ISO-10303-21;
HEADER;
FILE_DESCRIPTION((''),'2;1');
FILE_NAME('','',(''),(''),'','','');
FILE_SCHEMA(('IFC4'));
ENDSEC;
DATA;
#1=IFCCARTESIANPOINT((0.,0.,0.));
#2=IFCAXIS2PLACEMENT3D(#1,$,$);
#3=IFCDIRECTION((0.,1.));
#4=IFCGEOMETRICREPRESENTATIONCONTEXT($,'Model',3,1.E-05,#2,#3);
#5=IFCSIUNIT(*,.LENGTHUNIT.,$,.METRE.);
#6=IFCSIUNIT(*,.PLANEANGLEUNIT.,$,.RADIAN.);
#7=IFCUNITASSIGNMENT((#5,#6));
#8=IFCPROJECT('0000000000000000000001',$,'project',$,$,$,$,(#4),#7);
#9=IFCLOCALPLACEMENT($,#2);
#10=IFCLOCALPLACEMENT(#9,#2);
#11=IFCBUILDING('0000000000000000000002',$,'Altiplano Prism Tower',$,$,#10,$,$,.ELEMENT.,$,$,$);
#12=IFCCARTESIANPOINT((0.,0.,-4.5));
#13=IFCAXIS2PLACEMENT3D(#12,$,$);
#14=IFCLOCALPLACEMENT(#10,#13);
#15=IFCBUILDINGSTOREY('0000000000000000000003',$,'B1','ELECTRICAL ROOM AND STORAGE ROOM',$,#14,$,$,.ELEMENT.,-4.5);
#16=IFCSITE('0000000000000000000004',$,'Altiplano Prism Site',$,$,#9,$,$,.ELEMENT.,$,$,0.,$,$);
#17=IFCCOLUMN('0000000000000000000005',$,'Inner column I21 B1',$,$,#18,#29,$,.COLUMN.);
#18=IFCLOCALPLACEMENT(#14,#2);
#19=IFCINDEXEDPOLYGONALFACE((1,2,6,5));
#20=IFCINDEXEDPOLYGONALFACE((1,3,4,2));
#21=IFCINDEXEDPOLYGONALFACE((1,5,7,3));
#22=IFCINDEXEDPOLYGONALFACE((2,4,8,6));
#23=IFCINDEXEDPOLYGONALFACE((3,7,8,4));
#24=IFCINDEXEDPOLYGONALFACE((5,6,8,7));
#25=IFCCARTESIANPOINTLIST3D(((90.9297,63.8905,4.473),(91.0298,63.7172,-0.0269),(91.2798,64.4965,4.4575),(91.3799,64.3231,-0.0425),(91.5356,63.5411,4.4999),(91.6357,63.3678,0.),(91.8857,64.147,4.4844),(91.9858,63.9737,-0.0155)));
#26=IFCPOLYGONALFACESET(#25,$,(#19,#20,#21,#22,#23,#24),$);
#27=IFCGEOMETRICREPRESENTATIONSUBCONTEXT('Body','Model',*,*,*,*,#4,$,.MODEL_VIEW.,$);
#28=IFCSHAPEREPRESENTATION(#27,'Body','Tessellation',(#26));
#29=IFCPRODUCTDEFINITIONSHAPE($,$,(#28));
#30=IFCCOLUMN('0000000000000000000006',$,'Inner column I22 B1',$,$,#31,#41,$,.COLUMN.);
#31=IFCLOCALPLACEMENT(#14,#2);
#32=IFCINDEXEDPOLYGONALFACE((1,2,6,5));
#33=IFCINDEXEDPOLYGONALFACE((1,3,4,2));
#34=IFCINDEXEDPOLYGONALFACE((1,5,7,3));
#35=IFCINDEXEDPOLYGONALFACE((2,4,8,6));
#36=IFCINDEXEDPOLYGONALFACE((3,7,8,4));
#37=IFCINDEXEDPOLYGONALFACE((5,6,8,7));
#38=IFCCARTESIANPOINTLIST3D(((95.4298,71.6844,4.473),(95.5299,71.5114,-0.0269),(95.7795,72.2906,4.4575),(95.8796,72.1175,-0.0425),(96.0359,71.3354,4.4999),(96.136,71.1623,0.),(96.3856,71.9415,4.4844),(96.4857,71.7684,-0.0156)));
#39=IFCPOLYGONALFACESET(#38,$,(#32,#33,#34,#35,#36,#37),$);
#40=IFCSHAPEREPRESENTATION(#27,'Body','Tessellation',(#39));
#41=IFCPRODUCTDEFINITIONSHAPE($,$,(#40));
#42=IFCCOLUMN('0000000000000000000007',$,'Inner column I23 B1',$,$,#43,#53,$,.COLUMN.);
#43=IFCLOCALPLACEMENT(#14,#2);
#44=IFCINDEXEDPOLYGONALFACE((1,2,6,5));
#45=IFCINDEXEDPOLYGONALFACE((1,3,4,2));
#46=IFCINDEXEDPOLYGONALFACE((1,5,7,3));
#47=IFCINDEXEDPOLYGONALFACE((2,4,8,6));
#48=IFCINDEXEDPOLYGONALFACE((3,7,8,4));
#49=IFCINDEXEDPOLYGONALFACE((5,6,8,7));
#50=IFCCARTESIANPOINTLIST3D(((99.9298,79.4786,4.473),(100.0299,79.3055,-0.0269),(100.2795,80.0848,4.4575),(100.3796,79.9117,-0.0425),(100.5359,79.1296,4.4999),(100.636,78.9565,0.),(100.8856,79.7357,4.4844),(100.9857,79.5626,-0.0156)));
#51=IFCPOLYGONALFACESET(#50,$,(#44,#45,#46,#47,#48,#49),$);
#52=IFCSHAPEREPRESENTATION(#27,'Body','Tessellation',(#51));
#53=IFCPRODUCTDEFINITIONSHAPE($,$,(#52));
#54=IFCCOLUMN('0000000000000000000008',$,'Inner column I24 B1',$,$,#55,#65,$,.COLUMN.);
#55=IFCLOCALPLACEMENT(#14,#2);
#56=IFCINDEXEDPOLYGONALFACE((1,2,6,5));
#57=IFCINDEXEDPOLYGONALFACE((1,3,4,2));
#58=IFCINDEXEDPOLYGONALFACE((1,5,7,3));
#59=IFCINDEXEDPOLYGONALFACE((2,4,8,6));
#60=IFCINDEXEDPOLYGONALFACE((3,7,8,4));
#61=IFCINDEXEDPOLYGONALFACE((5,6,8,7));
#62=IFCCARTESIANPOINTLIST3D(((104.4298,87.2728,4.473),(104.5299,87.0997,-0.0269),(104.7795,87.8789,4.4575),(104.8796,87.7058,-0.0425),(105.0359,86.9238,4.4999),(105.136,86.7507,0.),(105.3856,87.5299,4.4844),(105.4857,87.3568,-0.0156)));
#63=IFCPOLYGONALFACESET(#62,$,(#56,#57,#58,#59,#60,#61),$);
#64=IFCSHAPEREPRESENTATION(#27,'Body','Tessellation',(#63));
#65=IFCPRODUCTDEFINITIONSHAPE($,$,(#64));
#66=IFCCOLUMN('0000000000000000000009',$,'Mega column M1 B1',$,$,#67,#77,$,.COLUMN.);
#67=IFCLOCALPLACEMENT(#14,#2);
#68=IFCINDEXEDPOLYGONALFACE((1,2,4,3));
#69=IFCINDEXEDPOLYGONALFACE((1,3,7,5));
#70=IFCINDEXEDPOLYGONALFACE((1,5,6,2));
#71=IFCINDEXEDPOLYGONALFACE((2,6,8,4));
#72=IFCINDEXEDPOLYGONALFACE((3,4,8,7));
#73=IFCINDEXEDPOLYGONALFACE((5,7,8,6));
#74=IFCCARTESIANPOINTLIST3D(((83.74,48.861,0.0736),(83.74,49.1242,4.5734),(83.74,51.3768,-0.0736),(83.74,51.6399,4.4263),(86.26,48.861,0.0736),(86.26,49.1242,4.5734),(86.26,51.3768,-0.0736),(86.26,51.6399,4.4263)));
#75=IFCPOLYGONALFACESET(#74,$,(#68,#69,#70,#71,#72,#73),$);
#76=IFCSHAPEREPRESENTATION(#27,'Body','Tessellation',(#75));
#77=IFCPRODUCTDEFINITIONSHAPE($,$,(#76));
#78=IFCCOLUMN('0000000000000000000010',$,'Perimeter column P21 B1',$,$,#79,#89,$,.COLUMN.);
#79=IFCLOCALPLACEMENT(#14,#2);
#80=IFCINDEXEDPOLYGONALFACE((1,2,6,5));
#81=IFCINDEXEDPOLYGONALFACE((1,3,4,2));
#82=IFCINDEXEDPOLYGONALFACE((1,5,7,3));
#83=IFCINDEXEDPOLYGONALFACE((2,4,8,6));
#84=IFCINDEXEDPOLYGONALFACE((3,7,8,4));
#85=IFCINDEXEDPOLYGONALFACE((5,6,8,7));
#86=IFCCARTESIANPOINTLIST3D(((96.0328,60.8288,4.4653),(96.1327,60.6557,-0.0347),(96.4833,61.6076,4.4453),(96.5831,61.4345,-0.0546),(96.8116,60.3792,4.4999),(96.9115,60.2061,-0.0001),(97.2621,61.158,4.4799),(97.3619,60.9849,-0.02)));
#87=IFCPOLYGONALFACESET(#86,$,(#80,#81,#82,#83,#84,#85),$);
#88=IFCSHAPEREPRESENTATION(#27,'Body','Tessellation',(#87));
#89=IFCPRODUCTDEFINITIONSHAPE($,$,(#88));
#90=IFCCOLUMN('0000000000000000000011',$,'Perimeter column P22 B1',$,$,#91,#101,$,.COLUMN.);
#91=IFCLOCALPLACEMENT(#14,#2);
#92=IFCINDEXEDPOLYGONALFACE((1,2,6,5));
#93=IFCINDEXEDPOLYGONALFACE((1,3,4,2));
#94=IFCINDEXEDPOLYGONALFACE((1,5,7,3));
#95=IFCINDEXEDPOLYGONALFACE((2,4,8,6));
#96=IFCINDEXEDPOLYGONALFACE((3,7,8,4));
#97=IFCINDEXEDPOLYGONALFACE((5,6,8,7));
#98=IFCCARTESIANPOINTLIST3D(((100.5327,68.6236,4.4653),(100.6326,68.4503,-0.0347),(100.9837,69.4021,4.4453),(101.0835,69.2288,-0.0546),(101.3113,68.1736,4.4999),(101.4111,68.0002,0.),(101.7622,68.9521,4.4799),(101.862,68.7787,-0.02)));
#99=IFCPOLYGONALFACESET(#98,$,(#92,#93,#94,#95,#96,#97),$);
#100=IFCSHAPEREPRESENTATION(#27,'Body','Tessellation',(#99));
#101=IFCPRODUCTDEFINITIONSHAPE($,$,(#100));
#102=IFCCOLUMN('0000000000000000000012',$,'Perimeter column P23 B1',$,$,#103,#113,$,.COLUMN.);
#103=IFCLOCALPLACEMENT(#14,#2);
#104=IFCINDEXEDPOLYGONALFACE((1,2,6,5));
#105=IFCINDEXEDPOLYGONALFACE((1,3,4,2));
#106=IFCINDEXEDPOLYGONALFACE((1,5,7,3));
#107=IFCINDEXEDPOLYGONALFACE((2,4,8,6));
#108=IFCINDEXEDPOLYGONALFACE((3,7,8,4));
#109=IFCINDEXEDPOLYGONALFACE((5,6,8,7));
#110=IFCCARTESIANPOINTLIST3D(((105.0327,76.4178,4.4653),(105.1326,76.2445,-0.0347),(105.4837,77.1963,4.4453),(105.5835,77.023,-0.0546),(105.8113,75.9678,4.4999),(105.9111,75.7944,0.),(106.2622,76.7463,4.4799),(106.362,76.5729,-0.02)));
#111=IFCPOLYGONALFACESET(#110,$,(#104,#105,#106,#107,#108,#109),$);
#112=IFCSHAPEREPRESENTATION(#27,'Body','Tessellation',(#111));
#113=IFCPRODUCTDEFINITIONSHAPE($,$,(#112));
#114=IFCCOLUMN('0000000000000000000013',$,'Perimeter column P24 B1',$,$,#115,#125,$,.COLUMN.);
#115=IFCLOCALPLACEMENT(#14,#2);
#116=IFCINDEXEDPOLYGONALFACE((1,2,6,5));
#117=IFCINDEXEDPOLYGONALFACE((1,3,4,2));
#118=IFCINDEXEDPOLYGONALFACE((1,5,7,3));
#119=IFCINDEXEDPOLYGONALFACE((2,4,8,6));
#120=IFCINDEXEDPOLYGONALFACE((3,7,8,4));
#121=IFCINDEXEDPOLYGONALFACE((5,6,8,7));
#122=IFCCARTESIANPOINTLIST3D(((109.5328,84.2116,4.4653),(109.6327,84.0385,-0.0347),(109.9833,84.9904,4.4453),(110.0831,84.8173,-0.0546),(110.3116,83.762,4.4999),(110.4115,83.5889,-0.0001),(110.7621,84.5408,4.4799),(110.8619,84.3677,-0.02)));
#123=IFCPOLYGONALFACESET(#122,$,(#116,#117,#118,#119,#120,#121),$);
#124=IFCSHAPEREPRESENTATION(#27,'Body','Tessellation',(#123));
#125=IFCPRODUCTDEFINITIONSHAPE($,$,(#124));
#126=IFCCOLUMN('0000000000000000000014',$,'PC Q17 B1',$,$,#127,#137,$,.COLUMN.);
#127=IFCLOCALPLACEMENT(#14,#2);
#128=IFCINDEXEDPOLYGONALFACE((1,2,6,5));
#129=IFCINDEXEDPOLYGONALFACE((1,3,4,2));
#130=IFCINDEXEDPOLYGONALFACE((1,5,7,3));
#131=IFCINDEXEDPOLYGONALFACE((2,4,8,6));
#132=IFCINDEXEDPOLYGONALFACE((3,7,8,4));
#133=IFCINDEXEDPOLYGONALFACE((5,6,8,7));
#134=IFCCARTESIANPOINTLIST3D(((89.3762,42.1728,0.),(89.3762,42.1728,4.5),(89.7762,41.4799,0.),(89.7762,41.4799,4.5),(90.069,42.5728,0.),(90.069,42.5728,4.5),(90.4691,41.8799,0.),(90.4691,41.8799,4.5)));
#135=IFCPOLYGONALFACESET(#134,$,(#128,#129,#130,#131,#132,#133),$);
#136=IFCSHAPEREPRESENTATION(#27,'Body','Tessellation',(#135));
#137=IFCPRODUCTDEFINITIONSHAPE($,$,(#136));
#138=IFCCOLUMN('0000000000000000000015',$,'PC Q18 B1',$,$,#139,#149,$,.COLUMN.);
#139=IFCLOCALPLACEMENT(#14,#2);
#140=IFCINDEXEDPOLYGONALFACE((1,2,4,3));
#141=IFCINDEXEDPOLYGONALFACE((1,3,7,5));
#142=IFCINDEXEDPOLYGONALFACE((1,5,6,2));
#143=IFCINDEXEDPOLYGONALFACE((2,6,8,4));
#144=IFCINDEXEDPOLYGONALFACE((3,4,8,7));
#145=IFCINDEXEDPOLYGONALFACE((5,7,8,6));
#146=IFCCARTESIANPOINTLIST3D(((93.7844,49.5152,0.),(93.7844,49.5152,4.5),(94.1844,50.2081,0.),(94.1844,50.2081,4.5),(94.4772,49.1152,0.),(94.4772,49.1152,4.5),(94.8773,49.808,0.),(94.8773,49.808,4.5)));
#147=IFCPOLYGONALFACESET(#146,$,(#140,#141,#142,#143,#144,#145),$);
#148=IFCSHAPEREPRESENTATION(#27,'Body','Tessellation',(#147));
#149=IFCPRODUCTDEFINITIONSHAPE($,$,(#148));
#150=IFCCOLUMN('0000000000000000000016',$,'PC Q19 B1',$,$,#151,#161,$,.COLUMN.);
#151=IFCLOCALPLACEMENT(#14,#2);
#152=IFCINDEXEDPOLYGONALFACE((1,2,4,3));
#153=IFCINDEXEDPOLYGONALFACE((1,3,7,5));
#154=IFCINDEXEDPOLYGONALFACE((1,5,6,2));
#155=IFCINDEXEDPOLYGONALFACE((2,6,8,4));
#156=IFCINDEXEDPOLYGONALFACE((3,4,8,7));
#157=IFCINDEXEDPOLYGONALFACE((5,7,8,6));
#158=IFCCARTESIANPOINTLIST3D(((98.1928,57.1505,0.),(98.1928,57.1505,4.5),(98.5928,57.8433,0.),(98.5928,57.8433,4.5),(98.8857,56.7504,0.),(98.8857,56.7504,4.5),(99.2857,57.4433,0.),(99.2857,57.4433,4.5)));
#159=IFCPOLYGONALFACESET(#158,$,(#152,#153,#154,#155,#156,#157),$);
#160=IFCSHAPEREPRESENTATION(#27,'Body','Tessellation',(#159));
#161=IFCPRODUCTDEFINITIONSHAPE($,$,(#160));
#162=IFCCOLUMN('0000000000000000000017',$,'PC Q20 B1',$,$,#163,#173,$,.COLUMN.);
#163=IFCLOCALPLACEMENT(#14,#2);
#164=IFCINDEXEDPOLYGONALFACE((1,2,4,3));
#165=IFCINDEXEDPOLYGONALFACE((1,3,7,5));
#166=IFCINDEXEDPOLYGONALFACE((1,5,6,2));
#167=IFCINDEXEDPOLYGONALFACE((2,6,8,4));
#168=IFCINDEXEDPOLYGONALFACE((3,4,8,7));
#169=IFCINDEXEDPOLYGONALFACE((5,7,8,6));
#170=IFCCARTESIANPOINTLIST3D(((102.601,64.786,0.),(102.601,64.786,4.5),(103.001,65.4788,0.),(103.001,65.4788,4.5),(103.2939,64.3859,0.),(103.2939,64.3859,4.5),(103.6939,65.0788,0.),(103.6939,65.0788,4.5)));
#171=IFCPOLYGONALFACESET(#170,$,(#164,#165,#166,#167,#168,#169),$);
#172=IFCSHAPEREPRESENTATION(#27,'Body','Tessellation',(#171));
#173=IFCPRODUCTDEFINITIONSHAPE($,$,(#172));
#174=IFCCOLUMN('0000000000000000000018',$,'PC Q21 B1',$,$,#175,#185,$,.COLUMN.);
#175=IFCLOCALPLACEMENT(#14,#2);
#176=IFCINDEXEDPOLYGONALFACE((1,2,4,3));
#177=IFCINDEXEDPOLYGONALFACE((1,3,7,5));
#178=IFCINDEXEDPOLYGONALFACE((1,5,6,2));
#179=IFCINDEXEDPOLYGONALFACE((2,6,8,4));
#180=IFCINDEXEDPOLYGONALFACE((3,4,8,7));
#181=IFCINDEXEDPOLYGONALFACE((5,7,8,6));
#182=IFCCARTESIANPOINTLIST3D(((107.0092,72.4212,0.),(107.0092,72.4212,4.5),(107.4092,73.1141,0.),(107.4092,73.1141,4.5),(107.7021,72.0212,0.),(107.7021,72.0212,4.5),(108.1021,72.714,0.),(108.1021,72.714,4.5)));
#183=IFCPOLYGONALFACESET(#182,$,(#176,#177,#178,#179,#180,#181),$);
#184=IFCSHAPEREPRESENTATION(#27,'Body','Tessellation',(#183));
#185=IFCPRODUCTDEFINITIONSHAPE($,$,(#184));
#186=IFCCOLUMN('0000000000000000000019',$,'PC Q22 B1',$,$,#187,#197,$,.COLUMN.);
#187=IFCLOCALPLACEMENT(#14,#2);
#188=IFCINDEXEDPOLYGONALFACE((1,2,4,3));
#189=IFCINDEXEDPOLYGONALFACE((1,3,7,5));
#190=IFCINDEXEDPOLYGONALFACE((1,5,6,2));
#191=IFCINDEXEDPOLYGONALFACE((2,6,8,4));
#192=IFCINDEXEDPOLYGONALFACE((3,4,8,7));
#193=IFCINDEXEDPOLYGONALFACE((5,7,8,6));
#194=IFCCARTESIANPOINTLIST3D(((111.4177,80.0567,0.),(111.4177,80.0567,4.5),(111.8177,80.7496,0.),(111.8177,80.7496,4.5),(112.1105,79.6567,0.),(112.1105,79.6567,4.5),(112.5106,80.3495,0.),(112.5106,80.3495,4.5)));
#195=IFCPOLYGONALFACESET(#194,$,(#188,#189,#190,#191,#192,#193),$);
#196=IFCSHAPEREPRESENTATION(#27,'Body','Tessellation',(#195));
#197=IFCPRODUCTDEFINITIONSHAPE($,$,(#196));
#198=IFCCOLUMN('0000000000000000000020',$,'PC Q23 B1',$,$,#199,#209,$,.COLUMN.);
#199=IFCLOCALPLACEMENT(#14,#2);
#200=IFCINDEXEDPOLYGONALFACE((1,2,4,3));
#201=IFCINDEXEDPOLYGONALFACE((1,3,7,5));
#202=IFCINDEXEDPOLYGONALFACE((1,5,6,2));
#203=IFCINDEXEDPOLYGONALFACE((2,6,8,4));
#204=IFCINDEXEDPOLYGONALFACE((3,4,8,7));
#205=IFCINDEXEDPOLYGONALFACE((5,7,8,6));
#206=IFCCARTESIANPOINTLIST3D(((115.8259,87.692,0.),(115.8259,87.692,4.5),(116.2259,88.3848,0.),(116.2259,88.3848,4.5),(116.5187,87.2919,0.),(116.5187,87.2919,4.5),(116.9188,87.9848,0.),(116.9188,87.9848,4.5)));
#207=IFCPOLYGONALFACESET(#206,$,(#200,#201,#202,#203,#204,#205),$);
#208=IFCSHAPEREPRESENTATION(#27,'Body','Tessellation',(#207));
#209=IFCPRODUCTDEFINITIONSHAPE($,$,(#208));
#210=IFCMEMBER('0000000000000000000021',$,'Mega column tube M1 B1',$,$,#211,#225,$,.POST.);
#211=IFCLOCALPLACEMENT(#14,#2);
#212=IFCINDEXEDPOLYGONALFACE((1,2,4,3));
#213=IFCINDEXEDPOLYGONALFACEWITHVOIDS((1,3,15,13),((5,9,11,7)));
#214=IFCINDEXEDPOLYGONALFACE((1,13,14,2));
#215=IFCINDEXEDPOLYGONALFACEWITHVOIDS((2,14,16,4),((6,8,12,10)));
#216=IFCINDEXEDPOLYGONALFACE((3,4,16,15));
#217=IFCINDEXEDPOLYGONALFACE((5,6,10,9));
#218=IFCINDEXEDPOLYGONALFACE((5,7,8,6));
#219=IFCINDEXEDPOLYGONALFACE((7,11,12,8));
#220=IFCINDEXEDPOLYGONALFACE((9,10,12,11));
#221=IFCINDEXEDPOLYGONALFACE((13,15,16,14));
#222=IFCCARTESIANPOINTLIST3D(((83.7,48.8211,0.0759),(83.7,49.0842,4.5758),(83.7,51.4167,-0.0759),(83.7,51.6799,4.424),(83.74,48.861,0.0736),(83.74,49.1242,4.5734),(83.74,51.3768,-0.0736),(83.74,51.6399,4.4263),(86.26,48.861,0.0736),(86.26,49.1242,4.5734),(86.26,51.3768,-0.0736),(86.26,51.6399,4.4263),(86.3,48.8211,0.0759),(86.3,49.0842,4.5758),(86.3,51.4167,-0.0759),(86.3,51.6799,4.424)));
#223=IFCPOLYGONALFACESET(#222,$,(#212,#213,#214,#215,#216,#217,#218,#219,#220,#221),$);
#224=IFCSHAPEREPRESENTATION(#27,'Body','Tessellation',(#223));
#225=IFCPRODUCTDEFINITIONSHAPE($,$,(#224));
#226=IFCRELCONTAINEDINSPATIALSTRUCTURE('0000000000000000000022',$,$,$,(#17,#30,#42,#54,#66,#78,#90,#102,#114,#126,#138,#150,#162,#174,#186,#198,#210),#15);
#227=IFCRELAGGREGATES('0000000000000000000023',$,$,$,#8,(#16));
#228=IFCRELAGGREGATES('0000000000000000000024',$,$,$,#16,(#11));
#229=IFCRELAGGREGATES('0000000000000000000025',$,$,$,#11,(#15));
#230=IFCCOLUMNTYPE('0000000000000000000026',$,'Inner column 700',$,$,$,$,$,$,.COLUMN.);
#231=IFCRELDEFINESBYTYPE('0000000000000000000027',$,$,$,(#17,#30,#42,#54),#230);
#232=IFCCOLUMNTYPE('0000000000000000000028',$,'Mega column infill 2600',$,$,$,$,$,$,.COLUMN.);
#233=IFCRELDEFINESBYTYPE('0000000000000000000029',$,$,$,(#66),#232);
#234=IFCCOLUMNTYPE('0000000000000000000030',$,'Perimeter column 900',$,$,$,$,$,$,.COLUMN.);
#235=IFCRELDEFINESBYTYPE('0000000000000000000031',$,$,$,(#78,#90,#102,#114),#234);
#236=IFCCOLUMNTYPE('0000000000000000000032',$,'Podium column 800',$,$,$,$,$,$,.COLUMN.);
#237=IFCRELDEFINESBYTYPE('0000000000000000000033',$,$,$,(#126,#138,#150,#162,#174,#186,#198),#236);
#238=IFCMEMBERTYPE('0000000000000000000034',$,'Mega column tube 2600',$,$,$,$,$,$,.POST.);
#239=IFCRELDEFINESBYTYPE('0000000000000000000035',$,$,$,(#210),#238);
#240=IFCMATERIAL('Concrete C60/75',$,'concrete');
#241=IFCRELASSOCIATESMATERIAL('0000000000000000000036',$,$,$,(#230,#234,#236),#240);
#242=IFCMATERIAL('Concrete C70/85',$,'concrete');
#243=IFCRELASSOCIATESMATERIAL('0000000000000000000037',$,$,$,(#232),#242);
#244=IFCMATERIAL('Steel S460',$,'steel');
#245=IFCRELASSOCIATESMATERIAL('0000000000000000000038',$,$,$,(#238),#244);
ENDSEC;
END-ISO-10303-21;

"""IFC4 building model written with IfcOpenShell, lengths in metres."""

from ifc_helpers import new_model, si_unit, direction, frame, origin, origin_2d, place, context, subcontext, project, spatial, rectangle, hollow_rectangle, extrude, material, material_profile, profile_set, type_object, element, save


model = new_model("IFC4")

# Units and contexts
model_context = context("Model", 3, precision=1e-05, world=origin(), true_north=direction((0.0, 1.0)))
body_context = subcontext(model_context, "Body", "Model", "MODEL_VIEW")
ifc_project = project(units=[si_unit("LENGTHUNIT", "METRE"), si_unit("PLANEANGLEUNIT", "RADIAN")], contexts=[model_context])

# Site, building, storey
site_placement = place(None, origin())
site = spatial("IfcSite", under=ifc_project, at=site_placement, Name="Altiplano Prism Site", CompositionType="ELEMENT", RefElevation=0.0)
building_placement = place(site_placement, origin())
building = spatial("IfcBuilding", under=site, at=building_placement, Name="Altiplano Prism Tower", CompositionType="ELEMENT")
storey_placement = place(building_placement, frame((0.0, 0.0, -4.5)))
storey = spatial("IfcBuildingStorey", under=building, at=storey_placement, Name="B1", Description="ELECTRICAL ROOM AND STORAGE ROOM", CompositionType="ELEMENT", Elevation=-4.5)

# Columns
ifc_material_1 = material(Name="Concrete C60/75", Category="concrete")
ifc_material_profile_1 = material_profile(ifc_material_1, rectangle(XDim=0.7, YDim=0.7, at=origin_2d()), Name="Inner column 700")
ifc_profile_set_1 = profile_set([ifc_material_profile_1], Name="Concrete C60/75")
column_type_1 = type_object("IfcColumnType", Name="Inner column 700", PredefinedType="COLUMN", material=ifc_profile_set_1)
for number, where, z_axis, x_axis, name in (
    (1, (91.5078, 63.8455, -0.0212), (-0.022222, 0.038482, 0.999012), (-0.500172, -0.865641, 0.022219), "Inner column I21 B1"),
    (2, (96.0078, 71.6399, -0.0212), (-0.022222, 0.038428, 0.999014), (-0.499645, -0.865946, 0.022195), "Inner column I22 B1"),
    (3, (100.5078, 79.4341, -0.0212), (-0.022222, 0.038428, 0.999014), (-0.499643, -0.865947, 0.022195), "Inner column I23 B1"),
    (4, (105.0078, 87.2283, -0.0212), (-0.022222, 0.038428, 0.999014), (-0.499645, -0.865946, 0.022195), "Inner column I24 B1"),
):
    element("IfcColumn", number, at=place(storey_placement, frame(where, z_axis=z_axis, x_axis=x_axis)), inside=storey, type_object=column_type_1, Name=name, PredefinedType="COLUMN", context=body_context, shape_type="SweptSolid", body=[
        extrude(rectangle(XDim=0.7, YDim=0.7, at=origin_2d()), origin(), (0.0, 0.0, 1.0), 4.5044),
    ])
ifc_material_2 = material(Name="Concrete C70/85", Category="concrete")
ifc_material_profile_2 = material_profile(ifc_material_2, rectangle(XDim=2.52, YDim=2.52, at=origin_2d()), Name="Mega column infill 2600")
ifc_profile_set_2 = profile_set([ifc_material_profile_2], Name="Concrete C70/85")
column_type_2 = type_object("IfcColumnType", Name="Mega column infill 2600", PredefinedType="COLUMN", material=ifc_profile_set_2)
column_placement = place(storey_placement, frame((85.0, 50.1189, 0.0), z_axis=(0.0, 0.058385, 0.998294), x_axis=(-1.0, 0.0, 0.0)))
element("IfcColumn", 5, at=column_placement, inside=storey, type_object=column_type_2, Name="Mega column M1 B1", PredefinedType="COLUMN", context=body_context, shape_type="SweptSolid", body=[
    extrude(rectangle(XDim=2.52, YDim=2.52, at=origin_2d()), origin(), (0.0, 0.0, 1.0), 4.5076),
])
ifc_material_profile_3 = material_profile(ifc_material_1, rectangle(XDim=0.8999, YDim=0.8999, at=origin_2d()), Name="Perimeter column 900")
ifc_profile_set_3 = profile_set([ifc_material_profile_3], Name="Concrete C60/75")
column_type_3 = type_object("IfcColumnType", Name="Perimeter column 900", PredefinedType="COLUMN", material=ifc_profile_set_3)
for number, where, z_axis, x_axis, name in (
    (6, (96.7473, 60.8203, -0.0273), (-0.022168, 0.038428, 0.999015), (-0.500558, -0.865419, 0.022182), "Perimeter column P21 B1"),
    (7, (101.2473, 68.6145, -0.0273), (-0.022168, 0.038482, 0.999013), (-0.501088, -0.865111, 0.022205), "Perimeter column P22 B1"),
    (8, (105.7473, 76.4087, -0.0273), (-0.022168, 0.038482, 0.999013), (-0.501086, -0.865113, 0.022205), "Perimeter column P23 B1"),
    (9, (110.2473, 84.2031, -0.0273), (-0.022168, 0.038428, 0.999015), (-0.50056, -0.865418, 0.022182), "Perimeter column P24 B1"),
):
    element("IfcColumn", number, at=place(storey_placement, frame(where, z_axis=z_axis, x_axis=x_axis)), inside=storey, type_object=column_type_3, Name=name, PredefinedType="COLUMN", context=body_context, shape_type="SweptSolid", body=[
        extrude(rectangle(XDim=0.8999, YDim=0.8999, at=origin_2d()), origin(), (0.0, 0.0, 1.0), 4.5044),
    ])
ifc_material_profile_4 = material_profile(ifc_material_1, rectangle(XDim=0.8, YDim=0.8, at=origin_2d()), Name="Podium column 800")
ifc_profile_set_4 = profile_set([ifc_material_profile_4], Name="Concrete C60/75")
column_type_4 = type_object("IfcColumnType", Name="Podium column 800", PredefinedType="COLUMN", material=ifc_profile_set_4)
for number, where, z_axis, x_axis, name in (
    (10, (89.9226, 42.0264, 0.0), (0.0, 0.0, 1.0), (0.866025, 0.5, 0.0), "PC Q17 B1"),
    (11, (94.3308, 49.6616, 0.0), (0.0, 0.0, 1.0), (0.5, 0.866025, 0.0), "PC Q18 B1"),
    (12, (98.7393, 57.2969, 0.0), (0.0, 0.0, 1.0), (0.5, 0.866025, 0.0), "PC Q19 B1"),
    (13, (103.1475, 64.9324, 0.0), (0.0, 0.0, 1.0), (0.5, 0.866025, 0.0), "PC Q20 B1"),
    (14, (107.5557, 72.5676, 0.0), (0.0, 0.0, 1.0), (0.5, 0.866025, 0.0), "PC Q21 B1"),
    (15, (111.9641, 80.2031, 0.0), (0.0, 0.0, 1.0), (0.5, 0.866025, 0.0), "PC Q22 B1"),
    (16, (116.3723, 87.8384, 0.0), (0.0, 0.0, 1.0), (0.5, 0.866025, 0.0), "PC Q23 B1"),
):
    element("IfcColumn", number, at=place(storey_placement, frame(where, z_axis=z_axis, x_axis=x_axis)), inside=storey, type_object=column_type_4, Name=name, PredefinedType="COLUMN", context=body_context, shape_type="SweptSolid", body=[
        extrude(rectangle(XDim=0.8, YDim=0.8, at=origin_2d()), origin(), (0.0, 0.0, 1.0), 4.5),
    ])

# Member
ifc_material_3 = material(Name="Steel S460", Category="steel")
ifc_material_profile_5 = material_profile(ifc_material_3, hollow_rectangle(XDim=2.6001, YDim=2.6001, WallThickness=0.04, at=origin_2d()), Name="Mega column tube 2600")
ifc_profile_set_5 = profile_set([ifc_material_profile_5], Name="Steel S460")
member_type = type_object("IfcMemberType", Name="Mega column tube 2600", PredefinedType="POST", material=ifc_profile_set_5)
member_placement = place(storey_placement, frame((85.0, 50.1189, 0.0), z_axis=(0.0, 0.058385, 0.998294), x_axis=(-1.0, 0.0, 0.0)))
element("IfcMember", 17, at=member_placement, inside=storey, type_object=member_type, Name="Mega column tube M1 B1", PredefinedType="POST", context=body_context, shape_type="SweptSolid", body=[
    extrude(hollow_rectangle(XDim=2.6001, YDim=2.6001, WallThickness=0.04, at=origin_2d()), origin(), (0.0, 0.0, 1.0), 4.5076),
])

save(model, "model.ifc")
